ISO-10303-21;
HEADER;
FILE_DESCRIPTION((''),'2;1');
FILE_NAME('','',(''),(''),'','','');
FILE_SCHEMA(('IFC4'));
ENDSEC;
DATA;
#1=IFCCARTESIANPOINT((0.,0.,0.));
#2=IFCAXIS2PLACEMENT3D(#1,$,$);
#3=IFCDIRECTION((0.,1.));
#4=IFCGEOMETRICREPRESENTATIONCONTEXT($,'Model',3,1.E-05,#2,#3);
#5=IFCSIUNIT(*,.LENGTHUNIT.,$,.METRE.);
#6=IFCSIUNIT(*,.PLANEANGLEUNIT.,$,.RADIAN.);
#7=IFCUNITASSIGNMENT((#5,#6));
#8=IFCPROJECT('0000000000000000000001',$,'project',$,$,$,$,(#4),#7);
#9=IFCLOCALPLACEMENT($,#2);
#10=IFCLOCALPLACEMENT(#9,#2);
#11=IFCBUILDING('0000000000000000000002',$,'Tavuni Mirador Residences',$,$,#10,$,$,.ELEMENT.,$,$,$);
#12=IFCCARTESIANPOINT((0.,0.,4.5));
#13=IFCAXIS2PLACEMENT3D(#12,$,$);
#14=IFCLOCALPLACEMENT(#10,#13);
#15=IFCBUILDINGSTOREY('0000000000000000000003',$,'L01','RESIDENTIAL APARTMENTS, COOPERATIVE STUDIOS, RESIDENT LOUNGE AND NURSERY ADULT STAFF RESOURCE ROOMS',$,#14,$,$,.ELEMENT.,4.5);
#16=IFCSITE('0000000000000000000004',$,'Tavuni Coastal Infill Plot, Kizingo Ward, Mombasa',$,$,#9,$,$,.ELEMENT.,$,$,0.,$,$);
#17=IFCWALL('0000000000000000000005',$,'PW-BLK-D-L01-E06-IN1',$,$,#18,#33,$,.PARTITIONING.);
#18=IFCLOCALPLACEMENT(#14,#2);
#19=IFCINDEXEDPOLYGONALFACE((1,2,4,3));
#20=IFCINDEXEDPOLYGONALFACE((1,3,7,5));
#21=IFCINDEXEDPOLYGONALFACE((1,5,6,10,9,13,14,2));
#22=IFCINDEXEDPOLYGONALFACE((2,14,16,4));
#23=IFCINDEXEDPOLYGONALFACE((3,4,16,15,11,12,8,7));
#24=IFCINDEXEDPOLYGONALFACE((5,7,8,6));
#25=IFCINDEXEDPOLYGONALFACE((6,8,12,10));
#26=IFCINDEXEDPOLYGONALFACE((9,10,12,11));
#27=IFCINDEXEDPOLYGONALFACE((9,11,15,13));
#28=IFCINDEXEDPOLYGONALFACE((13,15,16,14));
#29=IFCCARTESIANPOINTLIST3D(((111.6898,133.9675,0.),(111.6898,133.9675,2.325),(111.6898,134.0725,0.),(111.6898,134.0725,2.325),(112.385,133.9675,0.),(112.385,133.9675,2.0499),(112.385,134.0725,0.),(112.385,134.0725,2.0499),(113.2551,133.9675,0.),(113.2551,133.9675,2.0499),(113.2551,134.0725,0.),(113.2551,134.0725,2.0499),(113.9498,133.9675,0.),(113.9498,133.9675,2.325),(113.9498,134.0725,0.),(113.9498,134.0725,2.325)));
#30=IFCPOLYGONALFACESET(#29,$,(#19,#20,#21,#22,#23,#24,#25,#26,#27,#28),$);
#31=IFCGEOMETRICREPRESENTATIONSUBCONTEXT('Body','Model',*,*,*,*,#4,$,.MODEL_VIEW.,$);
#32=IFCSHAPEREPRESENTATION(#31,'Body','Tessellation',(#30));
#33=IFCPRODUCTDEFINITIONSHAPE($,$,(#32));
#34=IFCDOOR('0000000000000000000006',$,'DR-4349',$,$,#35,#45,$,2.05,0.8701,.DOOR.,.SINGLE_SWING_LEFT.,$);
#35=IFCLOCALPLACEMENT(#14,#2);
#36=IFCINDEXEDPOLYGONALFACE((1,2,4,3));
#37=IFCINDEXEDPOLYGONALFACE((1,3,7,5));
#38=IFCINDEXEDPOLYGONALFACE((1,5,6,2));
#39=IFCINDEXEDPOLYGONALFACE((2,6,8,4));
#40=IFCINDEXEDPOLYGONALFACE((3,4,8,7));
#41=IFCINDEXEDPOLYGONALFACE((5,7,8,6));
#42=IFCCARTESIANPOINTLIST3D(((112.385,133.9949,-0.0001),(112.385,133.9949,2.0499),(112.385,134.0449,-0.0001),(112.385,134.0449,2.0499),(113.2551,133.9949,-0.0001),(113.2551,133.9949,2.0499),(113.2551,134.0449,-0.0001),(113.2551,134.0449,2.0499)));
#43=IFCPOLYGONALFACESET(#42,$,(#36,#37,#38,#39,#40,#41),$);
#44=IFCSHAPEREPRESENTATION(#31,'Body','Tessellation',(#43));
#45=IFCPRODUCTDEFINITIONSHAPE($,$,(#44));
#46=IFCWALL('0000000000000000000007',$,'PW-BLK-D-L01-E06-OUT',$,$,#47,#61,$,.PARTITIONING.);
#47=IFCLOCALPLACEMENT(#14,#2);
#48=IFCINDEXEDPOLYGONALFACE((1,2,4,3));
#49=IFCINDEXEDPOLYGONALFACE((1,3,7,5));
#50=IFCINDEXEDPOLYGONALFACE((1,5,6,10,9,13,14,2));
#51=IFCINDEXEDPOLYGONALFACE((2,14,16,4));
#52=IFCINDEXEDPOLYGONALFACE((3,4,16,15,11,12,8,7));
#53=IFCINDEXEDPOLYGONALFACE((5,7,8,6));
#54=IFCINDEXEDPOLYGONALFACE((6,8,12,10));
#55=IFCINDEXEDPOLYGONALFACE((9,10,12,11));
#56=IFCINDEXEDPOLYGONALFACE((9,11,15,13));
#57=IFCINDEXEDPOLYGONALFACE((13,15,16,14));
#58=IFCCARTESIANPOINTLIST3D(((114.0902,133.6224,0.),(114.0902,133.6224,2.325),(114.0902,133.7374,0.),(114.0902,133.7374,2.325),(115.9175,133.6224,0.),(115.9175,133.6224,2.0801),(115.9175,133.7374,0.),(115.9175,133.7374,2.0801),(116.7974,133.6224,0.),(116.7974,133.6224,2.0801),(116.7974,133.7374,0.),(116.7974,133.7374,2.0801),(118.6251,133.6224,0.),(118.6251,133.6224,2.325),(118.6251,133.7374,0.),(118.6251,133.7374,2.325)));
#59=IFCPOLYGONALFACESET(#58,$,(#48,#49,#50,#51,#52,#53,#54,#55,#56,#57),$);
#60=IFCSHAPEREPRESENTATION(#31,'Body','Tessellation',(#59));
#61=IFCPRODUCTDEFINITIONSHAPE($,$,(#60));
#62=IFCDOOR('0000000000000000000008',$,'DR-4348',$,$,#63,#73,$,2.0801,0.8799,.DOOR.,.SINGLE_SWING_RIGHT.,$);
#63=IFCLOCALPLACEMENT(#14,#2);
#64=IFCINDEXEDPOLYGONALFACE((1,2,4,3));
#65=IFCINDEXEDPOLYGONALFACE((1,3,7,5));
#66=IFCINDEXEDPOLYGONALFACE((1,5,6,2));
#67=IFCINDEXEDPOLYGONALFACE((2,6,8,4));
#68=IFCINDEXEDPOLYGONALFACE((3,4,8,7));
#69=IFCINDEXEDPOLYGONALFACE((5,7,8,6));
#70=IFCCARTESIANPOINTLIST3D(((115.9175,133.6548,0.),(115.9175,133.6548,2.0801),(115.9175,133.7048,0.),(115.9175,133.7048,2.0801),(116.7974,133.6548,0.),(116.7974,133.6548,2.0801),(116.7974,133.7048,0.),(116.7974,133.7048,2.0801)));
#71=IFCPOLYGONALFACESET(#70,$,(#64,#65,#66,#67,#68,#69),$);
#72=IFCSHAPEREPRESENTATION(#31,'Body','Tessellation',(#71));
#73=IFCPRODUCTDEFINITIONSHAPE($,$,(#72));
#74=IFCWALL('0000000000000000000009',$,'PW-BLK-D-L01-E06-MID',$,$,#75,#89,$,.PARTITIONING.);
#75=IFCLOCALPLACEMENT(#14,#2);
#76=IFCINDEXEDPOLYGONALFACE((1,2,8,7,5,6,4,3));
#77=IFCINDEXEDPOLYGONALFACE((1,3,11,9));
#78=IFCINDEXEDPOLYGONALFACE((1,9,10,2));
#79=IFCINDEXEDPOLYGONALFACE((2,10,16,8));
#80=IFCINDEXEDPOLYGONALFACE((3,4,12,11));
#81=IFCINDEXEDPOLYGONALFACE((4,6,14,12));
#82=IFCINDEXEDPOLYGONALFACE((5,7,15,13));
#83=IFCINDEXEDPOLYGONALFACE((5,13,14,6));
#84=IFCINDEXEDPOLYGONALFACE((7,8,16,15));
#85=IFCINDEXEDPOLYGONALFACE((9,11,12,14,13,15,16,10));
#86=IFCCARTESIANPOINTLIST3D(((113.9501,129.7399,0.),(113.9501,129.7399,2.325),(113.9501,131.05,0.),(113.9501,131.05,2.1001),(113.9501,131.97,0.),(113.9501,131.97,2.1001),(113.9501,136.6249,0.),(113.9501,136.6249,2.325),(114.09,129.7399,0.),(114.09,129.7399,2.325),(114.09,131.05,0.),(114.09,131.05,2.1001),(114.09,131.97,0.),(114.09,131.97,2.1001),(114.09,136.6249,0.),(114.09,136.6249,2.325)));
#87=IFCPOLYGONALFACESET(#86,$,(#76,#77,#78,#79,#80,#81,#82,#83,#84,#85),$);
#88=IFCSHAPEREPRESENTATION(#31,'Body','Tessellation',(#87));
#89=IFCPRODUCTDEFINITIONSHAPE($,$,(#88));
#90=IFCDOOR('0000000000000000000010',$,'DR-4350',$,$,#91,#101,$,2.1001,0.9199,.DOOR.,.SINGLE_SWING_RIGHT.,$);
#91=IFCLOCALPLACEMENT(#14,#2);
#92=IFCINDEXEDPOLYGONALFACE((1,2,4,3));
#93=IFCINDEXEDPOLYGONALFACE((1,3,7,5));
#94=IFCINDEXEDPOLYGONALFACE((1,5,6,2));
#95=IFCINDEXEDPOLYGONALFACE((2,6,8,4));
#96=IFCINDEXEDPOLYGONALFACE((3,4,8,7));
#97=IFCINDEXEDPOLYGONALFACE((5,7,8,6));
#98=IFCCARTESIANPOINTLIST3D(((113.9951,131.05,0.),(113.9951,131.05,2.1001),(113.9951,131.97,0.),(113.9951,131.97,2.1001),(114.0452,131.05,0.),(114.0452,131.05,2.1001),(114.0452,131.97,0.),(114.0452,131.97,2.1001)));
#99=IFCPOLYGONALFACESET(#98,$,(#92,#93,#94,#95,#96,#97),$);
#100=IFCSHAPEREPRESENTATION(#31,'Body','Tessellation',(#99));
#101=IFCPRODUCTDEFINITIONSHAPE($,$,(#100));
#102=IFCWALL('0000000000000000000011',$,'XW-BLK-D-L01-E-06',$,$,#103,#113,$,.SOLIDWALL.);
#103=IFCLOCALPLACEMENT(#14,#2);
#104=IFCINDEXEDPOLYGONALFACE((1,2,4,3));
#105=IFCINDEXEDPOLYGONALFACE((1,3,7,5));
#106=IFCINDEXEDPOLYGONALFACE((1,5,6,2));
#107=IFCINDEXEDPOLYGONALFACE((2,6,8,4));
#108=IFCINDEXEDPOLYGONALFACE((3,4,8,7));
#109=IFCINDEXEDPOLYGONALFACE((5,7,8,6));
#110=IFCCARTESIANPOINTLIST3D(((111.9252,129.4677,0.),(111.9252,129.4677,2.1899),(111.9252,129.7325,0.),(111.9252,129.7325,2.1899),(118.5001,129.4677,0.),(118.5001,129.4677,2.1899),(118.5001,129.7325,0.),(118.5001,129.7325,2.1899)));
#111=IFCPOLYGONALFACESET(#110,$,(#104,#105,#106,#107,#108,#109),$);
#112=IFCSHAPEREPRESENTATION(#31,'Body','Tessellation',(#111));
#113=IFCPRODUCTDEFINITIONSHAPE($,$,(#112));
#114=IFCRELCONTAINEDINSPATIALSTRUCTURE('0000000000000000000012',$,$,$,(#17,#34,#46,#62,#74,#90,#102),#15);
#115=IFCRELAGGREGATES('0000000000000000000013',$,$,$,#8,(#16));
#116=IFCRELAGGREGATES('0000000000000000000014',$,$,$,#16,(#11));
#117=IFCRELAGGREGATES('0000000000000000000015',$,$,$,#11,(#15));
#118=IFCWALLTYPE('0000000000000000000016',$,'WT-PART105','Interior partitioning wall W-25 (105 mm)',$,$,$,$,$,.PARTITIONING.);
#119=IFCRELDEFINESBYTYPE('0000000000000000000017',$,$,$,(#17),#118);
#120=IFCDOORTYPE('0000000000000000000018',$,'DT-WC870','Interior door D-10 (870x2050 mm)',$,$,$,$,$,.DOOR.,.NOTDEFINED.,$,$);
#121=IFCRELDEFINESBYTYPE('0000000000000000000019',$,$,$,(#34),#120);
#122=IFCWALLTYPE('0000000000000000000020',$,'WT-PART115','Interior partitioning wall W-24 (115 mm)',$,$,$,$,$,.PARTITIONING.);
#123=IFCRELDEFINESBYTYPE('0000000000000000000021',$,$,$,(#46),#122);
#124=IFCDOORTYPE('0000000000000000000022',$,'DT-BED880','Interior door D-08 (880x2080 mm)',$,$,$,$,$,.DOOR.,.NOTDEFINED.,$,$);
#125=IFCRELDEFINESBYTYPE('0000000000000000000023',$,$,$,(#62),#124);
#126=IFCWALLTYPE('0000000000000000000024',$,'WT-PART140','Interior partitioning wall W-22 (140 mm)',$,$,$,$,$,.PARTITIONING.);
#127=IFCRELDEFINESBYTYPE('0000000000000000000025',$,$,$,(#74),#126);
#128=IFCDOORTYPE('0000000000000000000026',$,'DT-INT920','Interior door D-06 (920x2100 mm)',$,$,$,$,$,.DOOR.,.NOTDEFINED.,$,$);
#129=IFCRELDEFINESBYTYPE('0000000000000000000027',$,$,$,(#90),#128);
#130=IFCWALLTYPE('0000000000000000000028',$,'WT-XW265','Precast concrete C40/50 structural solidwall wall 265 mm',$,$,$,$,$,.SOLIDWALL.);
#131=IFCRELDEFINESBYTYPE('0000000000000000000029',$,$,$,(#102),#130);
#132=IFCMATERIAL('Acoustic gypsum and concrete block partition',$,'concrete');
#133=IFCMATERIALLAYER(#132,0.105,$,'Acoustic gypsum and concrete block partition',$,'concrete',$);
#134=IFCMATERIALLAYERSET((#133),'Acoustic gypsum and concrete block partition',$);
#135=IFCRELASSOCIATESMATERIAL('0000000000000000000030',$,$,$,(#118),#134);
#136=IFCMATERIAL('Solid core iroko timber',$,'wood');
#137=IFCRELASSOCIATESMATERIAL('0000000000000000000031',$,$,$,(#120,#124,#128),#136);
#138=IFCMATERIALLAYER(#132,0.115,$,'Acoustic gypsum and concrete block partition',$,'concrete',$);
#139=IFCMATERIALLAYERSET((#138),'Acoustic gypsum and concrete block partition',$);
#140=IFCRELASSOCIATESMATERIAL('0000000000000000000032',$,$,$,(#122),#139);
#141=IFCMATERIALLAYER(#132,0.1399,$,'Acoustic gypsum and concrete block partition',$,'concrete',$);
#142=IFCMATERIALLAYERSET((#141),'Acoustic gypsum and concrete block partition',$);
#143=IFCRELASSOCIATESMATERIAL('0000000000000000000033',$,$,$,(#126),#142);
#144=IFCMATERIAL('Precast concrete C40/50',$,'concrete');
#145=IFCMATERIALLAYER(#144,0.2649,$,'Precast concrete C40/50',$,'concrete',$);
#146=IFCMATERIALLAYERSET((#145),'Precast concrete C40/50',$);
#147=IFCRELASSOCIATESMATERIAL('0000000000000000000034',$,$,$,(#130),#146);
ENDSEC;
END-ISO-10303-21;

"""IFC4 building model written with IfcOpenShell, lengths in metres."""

from ifc_helpers import new_model, si_unit, direction, frame, frame_2d, origin, place, context, subcontext, project, spatial, rectangle, extrude, material, layer, layer_set, type_object, element, fill, save


model = new_model("IFC4")

# Units and contexts
model_context = context("Model", 3, precision=1e-05, world=origin(), true_north=direction((0.0, 1.0)))
body_context = subcontext(model_context, "Body", "Model", "MODEL_VIEW")
ifc_project = project(units=[si_unit("LENGTHUNIT", "METRE"), si_unit("PLANEANGLEUNIT", "RADIAN")], contexts=[model_context])

# Site, building, storey
site_placement = place(None, origin())
site = spatial("IfcSite", under=ifc_project, at=site_placement, Name="Tavuni Coastal Infill Plot, Kizingo Ward, Mombasa", CompositionType="ELEMENT", RefElevation=0.0)
building_placement = place(site_placement, origin())
building = spatial("IfcBuilding", under=site, at=building_placement, Name="Tavuni Mirador Residences", CompositionType="ELEMENT")
storey_placement = place(building_placement, frame((0.0, 0.0, 4.5)))
storey = spatial("IfcBuildingStorey", under=building, at=storey_placement, Name="L01", Description="RESIDENTIAL APARTMENTS, COOPERATIVE STUDIOS, RESIDENT LOUNGE AND NURSERY ADULT STAFF RESOURCE ROOMS", CompositionType="ELEMENT", Elevation=4.5)

# Shared definitions
ifc_material_1 = material(Name="Precast concrete C40/50", Category="concrete")

# Shared definitions
ifc_material_2 = material(Name="Solid core iroko timber", Category="wood")

# Walls, openings, doors
ifc_material_3 = material(Name="Acoustic gypsum and concrete block partition", Category="concrete")
ifc_layer_1 = layer(ifc_material_3, 0.105, Name="Acoustic gypsum and concrete block partition", Category="concrete")
ifc_layer_set_1 = layer_set([ifc_layer_1], Name="Acoustic gypsum and concrete block partition")
wall_type_1 = type_object("IfcWallType", Name="WT-PART105", Description="Interior partitioning wall W-25 (105 mm)", PredefinedType="PARTITIONING", material=ifc_layer_set_1)
wall_1_placement = place(storey_placement, frame((111.6899, 134.02, 0.0), z_axis=(0.0, 0.0, 1.0), x_axis=(1.0, 0.0, 0.0)))
wall_1 = element("IfcWall", 1, at=wall_1_placement, inside=storey, type_object=wall_type_1, Name="PW-BLK-D-L01-E06-IN1", PredefinedType="PARTITIONING", context=body_context, shape_type="SweptSolid", body=[
    extrude(rectangle(XDim=2.26, YDim=0.105, at=frame_2d((1.1299, 0.0))), origin(), (0.0, 0.0, 1.0), 2.325),
])
opening_1_placement = place(wall_1_placement, frame((0.6951, 0.0, 0.0)))
opening_1 = element("IfcOpeningElement", 2, at=opening_1_placement, cuts=wall_1, PredefinedType="OPENING", context=body_context, shape_type="SweptSolid", body=[
    extrude(rectangle(XDim=0.8701, YDim=2.05, at=frame_2d((0.4351, 1.0249))), frame((0.0, 0.0625, 0.0), z_axis=(0.0, -1.0, 0.0), x_axis=(1.0, 0.0, 0.0)), (0.0, 0.0, 1.0), 0.125),
])
door_type_1 = type_object("IfcDoorType", Name="DT-WC870", Description="Interior door D-10 (870x2050 mm)", OperationType="NOTDEFINED", PredefinedType="DOOR", material=ifc_material_2)
door_1_placement = place(opening_1_placement, origin())
door_1 = element("IfcDoor", 3, at=door_1_placement, inside=storey, type_object=door_type_1, Name="DR-4349", OperationType="SINGLE_SWING_LEFT", OverallHeight=2.05, OverallWidth=0.8701, PredefinedType="DOOR", context=body_context, shape_type="SweptSolid", body=[
    extrude(rectangle(XDim=0.8701, YDim=2.05, at=frame_2d((0.4351, 1.0249))), frame((0.0, 0.0249, 0.0), z_axis=(0.0, -1.0, 0.0), x_axis=(1.0, 0.0, 0.0)), (0.0, 0.0, 1.0), 0.05),
])
fill(opening_1, door_1)
ifc_layer_2 = layer(ifc_material_3, 0.115, Name="Acoustic gypsum and concrete block partition", Category="concrete")
ifc_layer_set_2 = layer_set([ifc_layer_2], Name="Acoustic gypsum and concrete block partition")
wall_type_2 = type_object("IfcWallType", Name="WT-PART115", Description="Interior partitioning wall W-24 (115 mm)", PredefinedType="PARTITIONING", material=ifc_layer_set_2)
wall_2_placement = place(storey_placement, frame((114.0901, 133.6799, 0.0), z_axis=(0.0, 0.0, 1.0), x_axis=(1.0, 0.0, 0.0)))
wall_2 = element("IfcWall", 4, at=wall_2_placement, inside=storey, type_object=wall_type_2, Name="PW-BLK-D-L01-E06-OUT", PredefinedType="PARTITIONING", context=body_context, shape_type="SweptSolid", body=[
    extrude(rectangle(XDim=4.5349, YDim=0.115, at=frame_2d((2.2676, 0.0))), origin(), (0.0, 0.0, 1.0), 2.325),
])
opening_2_placement = place(wall_2_placement, frame((1.8274, 0.0, 0.0)))
opening_2 = element("IfcOpeningElement", 5, at=opening_2_placement, cuts=wall_2, PredefinedType="OPENING", context=body_context, shape_type="SweptSolid", body=[
    extrude(rectangle(XDim=0.8799, YDim=2.0801, at=frame_2d((0.4399, 1.04))), frame((0.0, 0.0674, 0.0), z_axis=(0.0, -1.0, 0.0), x_axis=(1.0, 0.0, 0.0)), (0.0, 0.0, 1.0), 0.135),
])
door_type_2 = type_object("IfcDoorType", Name="DT-BED880", Description="Interior door D-08 (880x2080 mm)", OperationType="NOTDEFINED", PredefinedType="DOOR", material=ifc_material_2)
door_2_placement = place(opening_2_placement, origin())
door_2 = element("IfcDoor", 6, at=door_2_placement, inside=storey, type_object=door_type_2, Name="DR-4348", OperationType="SINGLE_SWING_RIGHT", OverallHeight=2.0801, OverallWidth=0.8799, PredefinedType="DOOR", context=body_context, shape_type="SweptSolid", body=[
    extrude(rectangle(XDim=0.8799, YDim=2.0801, at=frame_2d((0.4399, 1.04))), frame((0.0, 0.0249, 0.0), z_axis=(0.0, -1.0, 0.0), x_axis=(1.0, 0.0, 0.0)), (0.0, 0.0, 1.0), 0.05),
])
fill(opening_2, door_2)
ifc_layer_3 = layer(ifc_material_3, 0.1399, Name="Acoustic gypsum and concrete block partition", Category="concrete")
ifc_layer_set_3 = layer_set([ifc_layer_3], Name="Acoustic gypsum and concrete block partition")
wall_type_3 = type_object("IfcWallType", Name="WT-PART140", Description="Interior partitioning wall W-22 (140 mm)", PredefinedType="PARTITIONING", material=ifc_layer_set_3)
wall_3_placement = place(storey_placement, frame((114.02, 129.74, 0.0), z_axis=(0.0, 0.0, 1.0), x_axis=(0.0, 1.0, 0.0)))
wall_3 = element("IfcWall", 7, at=wall_3_placement, inside=storey, type_object=wall_type_3, Name="PW-BLK-D-L01-E06-MID", PredefinedType="PARTITIONING", context=body_context, shape_type="SweptSolid", body=[
    extrude(rectangle(XDim=6.885, YDim=0.1399, at=frame_2d((3.4424, 0.0))), origin(), (0.0, 0.0, 1.0), 2.325),
])
opening_3_placement = place(wall_3_placement, frame((1.3101, 0.0, 0.0)))
opening_3 = element("IfcOpeningElement", 8, at=opening_3_placement, cuts=wall_3, PredefinedType="OPENING", context=body_context, shape_type="SweptSolid", body=[
    extrude(rectangle(XDim=0.9199, YDim=2.1001, at=frame_2d((0.46, 1.05))), frame((0.0, 0.0801, 0.0), z_axis=(0.0, -1.0, 0.0), x_axis=(1.0, 0.0, 0.0)), (0.0, 0.0, 1.0), 0.1599),
])
door_type_3 = type_object("IfcDoorType", Name="DT-INT920", Description="Interior door D-06 (920x2100 mm)", OperationType="NOTDEFINED", PredefinedType="DOOR", material=ifc_material_2)
door_3_placement = place(opening_3_placement, origin())
door_3 = element("IfcDoor", 9, at=door_3_placement, inside=storey, type_object=door_type_3, Name="DR-4350", OperationType="SINGLE_SWING_RIGHT", OverallHeight=2.1001, OverallWidth=0.9199, PredefinedType="DOOR", context=body_context, shape_type="SweptSolid", body=[
    extrude(rectangle(XDim=0.9199, YDim=2.1001, at=frame_2d((0.46, 1.05))), frame((0.0, 0.0249, 0.0), z_axis=(0.0, -1.0, 0.0), x_axis=(1.0, 0.0, 0.0)), (0.0, 0.0, 1.0), 0.05),
])
fill(opening_3, door_3)

# Wall
ifc_layer_4 = layer(ifc_material_1, 0.2649, Name="Precast concrete C40/50", Category="concrete")
ifc_layer_set_4 = layer_set([ifc_layer_4], Name="Precast concrete C40/50")
wall_type_4 = type_object("IfcWallType", Name="WT-XW265", Description="Precast concrete C40/50 structural solidwall wall 265 mm", PredefinedType="SOLIDWALL", material=ifc_layer_set_4)
wall_4_placement = place(storey_placement, frame((111.925, 129.6001, 0.0), z_axis=(0.0, 0.0, 1.0), x_axis=(1.0, 0.0, 0.0)))
element("IfcWall", 10, at=wall_4_placement, inside=storey, type_object=wall_type_4, Name="XW-BLK-D-L01-E-06", PredefinedType="SOLIDWALL", context=body_context, shape_type="SweptSolid", body=[
    extrude(rectangle(XDim=6.575, YDim=0.2649, at=frame_2d((3.2876, 0.0))), origin(), (0.0, 0.0, 1.0), 2.1899),
])

save(model, "model.ifc")
